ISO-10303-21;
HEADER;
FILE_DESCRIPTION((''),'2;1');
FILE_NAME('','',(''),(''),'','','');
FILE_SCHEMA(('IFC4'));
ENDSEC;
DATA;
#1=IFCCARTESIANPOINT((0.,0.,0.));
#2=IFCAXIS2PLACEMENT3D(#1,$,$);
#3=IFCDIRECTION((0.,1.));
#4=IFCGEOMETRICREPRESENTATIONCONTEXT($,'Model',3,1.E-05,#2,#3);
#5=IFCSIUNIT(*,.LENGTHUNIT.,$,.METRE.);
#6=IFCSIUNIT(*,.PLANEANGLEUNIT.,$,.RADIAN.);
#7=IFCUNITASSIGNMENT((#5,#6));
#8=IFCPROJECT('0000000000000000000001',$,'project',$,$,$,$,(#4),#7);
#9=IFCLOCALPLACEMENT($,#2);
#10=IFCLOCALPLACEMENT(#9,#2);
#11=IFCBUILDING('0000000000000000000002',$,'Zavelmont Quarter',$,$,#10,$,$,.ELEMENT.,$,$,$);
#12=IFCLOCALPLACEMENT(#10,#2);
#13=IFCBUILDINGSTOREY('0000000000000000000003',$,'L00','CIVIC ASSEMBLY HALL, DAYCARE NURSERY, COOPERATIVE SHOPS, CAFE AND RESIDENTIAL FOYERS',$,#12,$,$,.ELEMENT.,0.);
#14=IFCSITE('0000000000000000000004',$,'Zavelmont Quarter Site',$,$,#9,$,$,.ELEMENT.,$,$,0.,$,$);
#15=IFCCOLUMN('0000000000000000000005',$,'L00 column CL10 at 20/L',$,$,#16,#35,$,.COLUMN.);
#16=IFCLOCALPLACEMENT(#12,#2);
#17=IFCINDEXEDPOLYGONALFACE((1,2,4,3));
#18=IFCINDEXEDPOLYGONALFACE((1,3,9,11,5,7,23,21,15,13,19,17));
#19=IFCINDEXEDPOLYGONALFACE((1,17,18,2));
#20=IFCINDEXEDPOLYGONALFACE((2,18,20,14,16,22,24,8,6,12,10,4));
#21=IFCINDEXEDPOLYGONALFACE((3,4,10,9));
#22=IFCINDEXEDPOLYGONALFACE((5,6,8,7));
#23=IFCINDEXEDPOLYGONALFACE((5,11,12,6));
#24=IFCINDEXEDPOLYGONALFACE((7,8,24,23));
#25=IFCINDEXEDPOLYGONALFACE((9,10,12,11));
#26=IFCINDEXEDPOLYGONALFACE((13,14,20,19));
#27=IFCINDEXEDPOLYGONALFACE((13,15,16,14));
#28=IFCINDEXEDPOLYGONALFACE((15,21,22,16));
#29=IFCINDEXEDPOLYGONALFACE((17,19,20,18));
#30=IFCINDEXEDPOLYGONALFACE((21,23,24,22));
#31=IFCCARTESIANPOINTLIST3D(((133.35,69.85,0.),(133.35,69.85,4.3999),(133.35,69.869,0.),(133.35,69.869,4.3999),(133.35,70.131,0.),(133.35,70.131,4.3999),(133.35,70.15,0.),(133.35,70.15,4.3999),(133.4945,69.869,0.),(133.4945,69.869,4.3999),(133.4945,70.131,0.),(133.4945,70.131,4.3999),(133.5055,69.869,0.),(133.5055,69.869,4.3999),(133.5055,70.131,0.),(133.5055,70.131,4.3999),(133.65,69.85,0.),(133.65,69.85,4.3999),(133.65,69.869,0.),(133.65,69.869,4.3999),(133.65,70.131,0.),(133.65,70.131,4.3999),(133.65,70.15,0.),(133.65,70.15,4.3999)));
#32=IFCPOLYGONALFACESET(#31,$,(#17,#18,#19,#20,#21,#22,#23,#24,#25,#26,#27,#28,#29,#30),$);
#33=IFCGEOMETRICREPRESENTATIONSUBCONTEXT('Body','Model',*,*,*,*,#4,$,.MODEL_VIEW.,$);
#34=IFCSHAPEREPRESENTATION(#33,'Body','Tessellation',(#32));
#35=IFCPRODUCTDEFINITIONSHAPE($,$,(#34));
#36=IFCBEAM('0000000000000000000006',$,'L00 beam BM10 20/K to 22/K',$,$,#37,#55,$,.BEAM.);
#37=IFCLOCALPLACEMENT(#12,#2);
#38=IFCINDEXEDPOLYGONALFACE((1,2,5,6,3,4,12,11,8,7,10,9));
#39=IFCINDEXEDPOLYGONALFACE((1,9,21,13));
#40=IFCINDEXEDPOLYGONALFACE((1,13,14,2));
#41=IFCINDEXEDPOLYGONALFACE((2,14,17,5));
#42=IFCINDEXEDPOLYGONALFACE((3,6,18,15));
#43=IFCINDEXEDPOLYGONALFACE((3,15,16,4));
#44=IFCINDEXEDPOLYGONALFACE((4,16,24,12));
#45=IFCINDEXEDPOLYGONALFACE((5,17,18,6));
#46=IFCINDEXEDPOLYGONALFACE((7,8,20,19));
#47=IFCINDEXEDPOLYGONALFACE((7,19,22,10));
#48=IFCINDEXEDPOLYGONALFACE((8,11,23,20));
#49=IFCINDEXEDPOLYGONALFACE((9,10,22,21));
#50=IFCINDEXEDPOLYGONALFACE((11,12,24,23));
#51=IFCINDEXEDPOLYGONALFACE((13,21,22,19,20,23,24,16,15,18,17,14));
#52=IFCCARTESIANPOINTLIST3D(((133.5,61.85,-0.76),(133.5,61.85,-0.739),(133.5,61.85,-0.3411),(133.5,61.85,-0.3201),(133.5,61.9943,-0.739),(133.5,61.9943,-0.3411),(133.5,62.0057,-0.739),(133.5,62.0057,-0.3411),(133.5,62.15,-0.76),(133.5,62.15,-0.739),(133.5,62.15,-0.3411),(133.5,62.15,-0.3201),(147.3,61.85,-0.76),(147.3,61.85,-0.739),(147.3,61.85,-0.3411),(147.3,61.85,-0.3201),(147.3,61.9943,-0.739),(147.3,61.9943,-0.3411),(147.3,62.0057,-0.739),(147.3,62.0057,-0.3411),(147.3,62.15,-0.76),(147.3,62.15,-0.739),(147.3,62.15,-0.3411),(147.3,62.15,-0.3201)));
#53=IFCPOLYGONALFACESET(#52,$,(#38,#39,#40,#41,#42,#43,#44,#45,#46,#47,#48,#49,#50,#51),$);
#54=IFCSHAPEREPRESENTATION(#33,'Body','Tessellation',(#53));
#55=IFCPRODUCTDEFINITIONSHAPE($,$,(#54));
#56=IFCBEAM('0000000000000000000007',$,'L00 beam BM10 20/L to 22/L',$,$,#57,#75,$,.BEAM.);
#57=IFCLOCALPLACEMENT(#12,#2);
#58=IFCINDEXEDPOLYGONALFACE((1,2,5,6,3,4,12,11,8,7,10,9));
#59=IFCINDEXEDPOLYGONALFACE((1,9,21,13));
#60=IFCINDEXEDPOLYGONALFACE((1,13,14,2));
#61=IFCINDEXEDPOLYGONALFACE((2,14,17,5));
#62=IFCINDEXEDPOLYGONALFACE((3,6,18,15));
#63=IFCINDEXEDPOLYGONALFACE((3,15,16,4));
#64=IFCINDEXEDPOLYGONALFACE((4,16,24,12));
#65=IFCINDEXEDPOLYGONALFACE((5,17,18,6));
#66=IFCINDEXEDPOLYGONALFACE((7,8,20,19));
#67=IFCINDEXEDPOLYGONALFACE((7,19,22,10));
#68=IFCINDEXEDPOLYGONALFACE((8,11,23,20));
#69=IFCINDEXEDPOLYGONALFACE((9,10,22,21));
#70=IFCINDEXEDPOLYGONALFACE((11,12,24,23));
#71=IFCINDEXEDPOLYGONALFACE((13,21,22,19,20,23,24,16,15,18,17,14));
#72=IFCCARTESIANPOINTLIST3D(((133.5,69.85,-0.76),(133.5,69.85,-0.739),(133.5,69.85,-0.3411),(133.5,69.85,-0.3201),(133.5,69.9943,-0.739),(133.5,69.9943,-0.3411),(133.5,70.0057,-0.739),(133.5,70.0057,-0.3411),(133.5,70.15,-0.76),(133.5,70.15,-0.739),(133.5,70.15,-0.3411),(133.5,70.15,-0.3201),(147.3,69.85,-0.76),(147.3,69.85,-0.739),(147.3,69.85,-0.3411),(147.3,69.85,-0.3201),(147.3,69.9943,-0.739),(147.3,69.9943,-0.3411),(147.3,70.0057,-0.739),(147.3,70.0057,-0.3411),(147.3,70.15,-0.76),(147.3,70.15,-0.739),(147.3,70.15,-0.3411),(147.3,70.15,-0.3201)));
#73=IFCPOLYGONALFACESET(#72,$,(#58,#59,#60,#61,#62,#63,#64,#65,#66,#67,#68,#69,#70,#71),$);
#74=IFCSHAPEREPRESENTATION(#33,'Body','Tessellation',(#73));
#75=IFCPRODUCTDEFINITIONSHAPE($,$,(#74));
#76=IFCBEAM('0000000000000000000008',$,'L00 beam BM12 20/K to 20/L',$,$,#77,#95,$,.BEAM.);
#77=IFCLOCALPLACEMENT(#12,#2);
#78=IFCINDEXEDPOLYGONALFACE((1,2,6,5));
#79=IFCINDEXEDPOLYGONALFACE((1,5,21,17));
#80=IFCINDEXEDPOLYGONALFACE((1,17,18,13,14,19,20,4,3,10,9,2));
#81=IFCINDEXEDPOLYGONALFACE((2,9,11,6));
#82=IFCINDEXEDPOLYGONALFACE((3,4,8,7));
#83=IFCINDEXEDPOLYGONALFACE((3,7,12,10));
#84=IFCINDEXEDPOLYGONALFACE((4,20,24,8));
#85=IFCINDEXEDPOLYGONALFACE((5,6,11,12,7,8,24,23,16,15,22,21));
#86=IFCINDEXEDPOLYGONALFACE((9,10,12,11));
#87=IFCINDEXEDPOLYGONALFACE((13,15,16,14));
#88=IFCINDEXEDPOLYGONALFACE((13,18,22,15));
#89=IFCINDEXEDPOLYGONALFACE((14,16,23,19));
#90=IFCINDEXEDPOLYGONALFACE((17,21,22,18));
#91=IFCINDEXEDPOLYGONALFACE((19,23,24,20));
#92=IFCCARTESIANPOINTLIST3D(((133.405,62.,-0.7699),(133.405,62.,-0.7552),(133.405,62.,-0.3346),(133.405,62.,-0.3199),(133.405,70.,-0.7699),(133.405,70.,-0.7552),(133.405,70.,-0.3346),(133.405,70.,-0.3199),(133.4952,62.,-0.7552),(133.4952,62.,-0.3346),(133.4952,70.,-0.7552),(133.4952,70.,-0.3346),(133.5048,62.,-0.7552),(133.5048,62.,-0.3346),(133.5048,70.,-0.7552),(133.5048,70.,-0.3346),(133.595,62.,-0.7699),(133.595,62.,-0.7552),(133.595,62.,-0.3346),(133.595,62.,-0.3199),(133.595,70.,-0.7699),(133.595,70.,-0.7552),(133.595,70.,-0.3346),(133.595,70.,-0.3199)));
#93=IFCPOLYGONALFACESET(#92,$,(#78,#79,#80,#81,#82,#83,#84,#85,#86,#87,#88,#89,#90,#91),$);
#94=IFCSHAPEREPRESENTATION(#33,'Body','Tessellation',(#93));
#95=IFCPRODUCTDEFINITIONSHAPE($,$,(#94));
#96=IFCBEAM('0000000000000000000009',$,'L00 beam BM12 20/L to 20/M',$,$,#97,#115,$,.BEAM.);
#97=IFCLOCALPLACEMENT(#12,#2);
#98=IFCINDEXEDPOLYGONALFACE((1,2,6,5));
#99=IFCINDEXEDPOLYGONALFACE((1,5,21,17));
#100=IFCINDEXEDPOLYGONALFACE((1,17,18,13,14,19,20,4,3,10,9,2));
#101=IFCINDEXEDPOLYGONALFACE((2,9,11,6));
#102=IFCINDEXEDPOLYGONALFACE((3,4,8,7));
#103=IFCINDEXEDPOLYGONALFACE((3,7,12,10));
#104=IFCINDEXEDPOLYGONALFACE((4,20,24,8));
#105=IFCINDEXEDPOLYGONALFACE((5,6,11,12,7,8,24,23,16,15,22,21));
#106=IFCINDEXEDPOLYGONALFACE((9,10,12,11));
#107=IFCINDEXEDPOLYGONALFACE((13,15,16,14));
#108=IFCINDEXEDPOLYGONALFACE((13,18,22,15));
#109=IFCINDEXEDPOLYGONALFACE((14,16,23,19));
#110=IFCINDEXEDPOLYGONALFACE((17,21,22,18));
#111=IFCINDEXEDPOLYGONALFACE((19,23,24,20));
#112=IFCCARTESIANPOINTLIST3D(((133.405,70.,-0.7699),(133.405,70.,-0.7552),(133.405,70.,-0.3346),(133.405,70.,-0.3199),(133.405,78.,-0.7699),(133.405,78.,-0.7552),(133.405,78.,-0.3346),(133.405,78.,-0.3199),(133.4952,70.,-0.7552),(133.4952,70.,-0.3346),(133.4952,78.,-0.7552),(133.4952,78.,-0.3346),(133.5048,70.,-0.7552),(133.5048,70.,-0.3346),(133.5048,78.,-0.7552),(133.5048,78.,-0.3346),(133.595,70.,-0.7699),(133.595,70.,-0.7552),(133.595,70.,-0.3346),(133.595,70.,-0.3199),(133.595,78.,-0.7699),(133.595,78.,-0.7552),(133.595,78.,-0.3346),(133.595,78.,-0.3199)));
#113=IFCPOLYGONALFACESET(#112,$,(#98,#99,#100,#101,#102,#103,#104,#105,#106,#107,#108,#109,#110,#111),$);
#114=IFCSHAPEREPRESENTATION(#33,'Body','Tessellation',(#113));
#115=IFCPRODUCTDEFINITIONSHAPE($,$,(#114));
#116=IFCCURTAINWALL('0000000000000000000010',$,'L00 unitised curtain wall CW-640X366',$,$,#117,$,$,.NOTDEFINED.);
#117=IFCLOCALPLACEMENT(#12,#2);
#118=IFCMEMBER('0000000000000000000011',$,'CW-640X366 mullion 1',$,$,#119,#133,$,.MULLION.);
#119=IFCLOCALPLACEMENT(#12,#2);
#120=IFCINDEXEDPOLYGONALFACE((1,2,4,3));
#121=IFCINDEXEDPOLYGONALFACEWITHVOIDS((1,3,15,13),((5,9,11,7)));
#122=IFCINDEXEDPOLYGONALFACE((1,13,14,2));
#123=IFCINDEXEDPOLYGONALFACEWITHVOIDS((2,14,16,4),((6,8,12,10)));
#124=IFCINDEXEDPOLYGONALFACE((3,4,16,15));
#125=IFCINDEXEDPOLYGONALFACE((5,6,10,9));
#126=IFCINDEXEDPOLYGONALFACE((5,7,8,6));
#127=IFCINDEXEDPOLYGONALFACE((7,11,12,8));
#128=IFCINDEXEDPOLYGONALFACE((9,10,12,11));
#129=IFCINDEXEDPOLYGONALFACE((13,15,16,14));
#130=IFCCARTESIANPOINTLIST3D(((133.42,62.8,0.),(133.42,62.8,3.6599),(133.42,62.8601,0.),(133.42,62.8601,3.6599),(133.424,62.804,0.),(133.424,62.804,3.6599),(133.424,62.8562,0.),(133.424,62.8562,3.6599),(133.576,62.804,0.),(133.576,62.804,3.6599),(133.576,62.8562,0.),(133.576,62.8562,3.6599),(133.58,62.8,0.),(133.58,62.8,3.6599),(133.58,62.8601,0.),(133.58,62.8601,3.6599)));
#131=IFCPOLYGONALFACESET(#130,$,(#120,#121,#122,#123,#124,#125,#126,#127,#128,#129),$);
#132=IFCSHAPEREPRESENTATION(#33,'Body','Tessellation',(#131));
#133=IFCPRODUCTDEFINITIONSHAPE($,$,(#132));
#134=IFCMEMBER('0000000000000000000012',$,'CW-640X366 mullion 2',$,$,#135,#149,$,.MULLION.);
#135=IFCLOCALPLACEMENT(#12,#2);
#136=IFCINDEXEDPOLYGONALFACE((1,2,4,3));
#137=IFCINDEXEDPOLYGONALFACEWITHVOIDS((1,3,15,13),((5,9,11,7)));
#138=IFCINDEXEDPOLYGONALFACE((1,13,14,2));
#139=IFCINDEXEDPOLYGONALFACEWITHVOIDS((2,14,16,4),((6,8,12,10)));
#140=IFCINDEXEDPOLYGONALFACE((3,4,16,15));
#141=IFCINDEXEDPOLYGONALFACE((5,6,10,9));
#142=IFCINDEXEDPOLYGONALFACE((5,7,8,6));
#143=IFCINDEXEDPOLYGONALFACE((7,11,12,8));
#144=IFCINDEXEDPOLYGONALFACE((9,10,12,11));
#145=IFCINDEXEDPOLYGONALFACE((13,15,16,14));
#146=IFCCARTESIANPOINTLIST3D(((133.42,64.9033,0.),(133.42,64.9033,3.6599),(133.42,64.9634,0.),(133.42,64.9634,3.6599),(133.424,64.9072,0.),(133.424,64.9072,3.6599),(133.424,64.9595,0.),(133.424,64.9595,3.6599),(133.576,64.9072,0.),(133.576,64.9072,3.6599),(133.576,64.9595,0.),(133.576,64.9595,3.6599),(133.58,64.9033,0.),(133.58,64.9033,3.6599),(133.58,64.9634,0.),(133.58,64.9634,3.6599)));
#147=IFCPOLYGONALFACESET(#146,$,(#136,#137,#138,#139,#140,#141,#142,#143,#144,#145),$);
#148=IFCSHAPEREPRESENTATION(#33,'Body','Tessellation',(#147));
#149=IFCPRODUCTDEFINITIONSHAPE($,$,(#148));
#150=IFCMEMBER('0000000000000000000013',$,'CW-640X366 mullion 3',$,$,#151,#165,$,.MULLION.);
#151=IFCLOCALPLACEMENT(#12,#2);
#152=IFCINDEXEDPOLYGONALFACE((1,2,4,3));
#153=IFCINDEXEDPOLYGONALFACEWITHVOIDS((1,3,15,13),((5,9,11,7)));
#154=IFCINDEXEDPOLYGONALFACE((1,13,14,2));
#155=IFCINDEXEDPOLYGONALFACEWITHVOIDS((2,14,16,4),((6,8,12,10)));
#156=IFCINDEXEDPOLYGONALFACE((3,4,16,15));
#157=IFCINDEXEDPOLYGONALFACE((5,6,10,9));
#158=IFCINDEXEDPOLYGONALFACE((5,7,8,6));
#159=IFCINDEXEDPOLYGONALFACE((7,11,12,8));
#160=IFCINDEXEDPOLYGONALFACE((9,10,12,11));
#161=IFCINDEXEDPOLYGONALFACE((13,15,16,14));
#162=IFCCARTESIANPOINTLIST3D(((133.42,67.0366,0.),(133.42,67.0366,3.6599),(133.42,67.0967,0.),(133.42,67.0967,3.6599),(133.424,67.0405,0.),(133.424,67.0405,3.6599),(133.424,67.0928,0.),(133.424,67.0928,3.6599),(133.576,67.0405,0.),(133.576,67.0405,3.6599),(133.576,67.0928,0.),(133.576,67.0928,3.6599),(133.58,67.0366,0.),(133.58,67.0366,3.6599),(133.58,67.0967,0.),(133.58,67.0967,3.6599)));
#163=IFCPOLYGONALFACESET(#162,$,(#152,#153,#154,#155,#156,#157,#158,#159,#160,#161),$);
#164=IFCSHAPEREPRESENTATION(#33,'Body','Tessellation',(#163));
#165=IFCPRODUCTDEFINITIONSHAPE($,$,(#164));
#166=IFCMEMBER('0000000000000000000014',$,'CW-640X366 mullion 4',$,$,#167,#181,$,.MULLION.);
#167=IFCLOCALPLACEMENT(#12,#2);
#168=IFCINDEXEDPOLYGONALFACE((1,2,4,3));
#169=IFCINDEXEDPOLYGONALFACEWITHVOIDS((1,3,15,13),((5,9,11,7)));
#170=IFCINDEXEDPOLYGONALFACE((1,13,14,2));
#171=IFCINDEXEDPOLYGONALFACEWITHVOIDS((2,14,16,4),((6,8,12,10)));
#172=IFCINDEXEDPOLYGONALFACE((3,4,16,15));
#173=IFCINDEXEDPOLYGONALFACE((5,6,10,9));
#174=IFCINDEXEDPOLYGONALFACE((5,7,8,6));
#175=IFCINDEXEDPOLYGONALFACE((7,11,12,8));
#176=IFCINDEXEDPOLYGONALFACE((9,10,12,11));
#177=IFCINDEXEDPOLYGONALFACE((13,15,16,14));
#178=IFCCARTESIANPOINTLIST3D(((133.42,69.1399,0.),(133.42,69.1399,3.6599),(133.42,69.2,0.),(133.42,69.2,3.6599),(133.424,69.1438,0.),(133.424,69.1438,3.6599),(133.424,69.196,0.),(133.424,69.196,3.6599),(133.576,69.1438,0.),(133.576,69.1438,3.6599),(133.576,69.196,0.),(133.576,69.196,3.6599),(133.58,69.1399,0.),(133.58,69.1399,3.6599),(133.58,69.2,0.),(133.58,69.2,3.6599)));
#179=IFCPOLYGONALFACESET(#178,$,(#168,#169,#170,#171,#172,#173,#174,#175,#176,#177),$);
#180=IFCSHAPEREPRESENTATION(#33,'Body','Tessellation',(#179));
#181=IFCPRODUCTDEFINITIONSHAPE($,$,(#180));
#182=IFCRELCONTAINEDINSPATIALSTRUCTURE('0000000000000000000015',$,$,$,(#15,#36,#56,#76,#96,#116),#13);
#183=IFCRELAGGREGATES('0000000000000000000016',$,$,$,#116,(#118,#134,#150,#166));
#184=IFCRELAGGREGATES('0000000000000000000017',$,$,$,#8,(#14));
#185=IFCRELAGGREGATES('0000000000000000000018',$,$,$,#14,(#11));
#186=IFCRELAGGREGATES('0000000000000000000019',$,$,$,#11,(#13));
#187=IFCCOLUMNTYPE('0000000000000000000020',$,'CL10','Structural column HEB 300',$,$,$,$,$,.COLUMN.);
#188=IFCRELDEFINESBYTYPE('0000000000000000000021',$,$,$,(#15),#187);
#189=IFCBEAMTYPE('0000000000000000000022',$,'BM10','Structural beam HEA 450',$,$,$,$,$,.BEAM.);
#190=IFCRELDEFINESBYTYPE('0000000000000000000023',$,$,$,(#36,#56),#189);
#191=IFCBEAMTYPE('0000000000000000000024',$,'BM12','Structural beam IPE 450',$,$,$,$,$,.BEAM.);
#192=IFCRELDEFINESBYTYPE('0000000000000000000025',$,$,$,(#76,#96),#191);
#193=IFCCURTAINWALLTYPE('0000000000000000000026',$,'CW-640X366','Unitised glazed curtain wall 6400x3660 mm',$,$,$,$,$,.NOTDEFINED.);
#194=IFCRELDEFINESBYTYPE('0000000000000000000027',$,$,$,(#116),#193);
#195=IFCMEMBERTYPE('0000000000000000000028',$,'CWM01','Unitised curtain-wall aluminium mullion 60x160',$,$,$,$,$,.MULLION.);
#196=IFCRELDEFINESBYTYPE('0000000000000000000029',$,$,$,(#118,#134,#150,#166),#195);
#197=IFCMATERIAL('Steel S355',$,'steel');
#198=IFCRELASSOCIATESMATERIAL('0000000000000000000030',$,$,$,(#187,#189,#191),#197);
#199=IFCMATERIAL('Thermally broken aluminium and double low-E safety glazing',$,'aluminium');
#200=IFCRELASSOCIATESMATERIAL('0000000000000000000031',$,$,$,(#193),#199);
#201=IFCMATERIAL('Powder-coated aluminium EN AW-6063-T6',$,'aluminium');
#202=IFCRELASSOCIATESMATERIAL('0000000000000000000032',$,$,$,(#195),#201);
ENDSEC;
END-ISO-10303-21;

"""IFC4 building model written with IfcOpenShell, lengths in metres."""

from ifc_helpers import new_model, si_unit, direction, frame, origin, origin_2d, place, context, subcontext, project, spatial, hollow_rectangle, i_section, extrude, material, material_profile, profile_set, type_object, element, aggregate, save


model = new_model("IFC4")

# Units and contexts
model_context = context("Model", 3, precision=1e-05, world=origin(), true_north=direction((0.0, 1.0)))
body_context = subcontext(model_context, "Body", "Model", "MODEL_VIEW")
ifc_project = project(units=[si_unit("LENGTHUNIT", "METRE"), si_unit("PLANEANGLEUNIT", "RADIAN")], contexts=[model_context])

# Site, building, storey
site_placement = place(None, origin())
site = spatial("IfcSite", under=ifc_project, at=site_placement, Name="Zavelmont Quarter Site", CompositionType="ELEMENT", RefElevation=0.0)
building_placement = place(site_placement, origin())
building = spatial("IfcBuilding", under=site, at=building_placement, Name="Zavelmont Quarter", CompositionType="ELEMENT")
storey_placement = place(building_placement, origin())
storey = spatial("IfcBuildingStorey", under=building, at=storey_placement, Name="L00", Description="CIVIC ASSEMBLY HALL, DAYCARE NURSERY, COOPERATIVE SHOPS, CAFE AND RESIDENTIAL FOYERS", CompositionType="ELEMENT", Elevation=0.0)

# Column
ifc_material_1 = material(Name="Steel S355", Category="steel")
ifc_material_profile_1 = material_profile(ifc_material_1, i_section(OverallWidth=0.3, OverallDepth=0.3, WebThickness=0.011, FlangeThickness=0.019, at=origin_2d()), Name="HEB 300")
ifc_profile_set_1 = profile_set([ifc_material_profile_1], Name="Steel S355")
column_type = type_object("IfcColumnType", Name="CL10", Description="Structural column HEB 300", PredefinedType="COLUMN", material=ifc_profile_set_1)
column_placement = place(storey_placement, frame((133.5, 70.0, 0.0), z_axis=(0.0, 0.0, 1.0), x_axis=(1.0, 0.0, 0.0)))
element("IfcColumn", 1, at=column_placement, inside=storey, type_object=column_type, Name="L00 column CL10 at 20/L", PredefinedType="COLUMN", context=body_context, shape_type="SweptSolid", body=[
    extrude(i_section(OverallWidth=0.3, OverallDepth=0.3, WebThickness=0.011, FlangeThickness=0.019, at=origin_2d()), origin(), (0.0, 0.0, 1.0), 4.3999),
])

# Beams
ifc_material_profile_2 = material_profile(ifc_material_1, i_section(OverallWidth=0.3, OverallDepth=0.4399, WebThickness=0.0115, FlangeThickness=0.021, at=origin_2d()), Name="HEA 450")
ifc_profile_set_2 = profile_set([ifc_material_profile_2], Name="Steel S355")
beam_type_1 = type_object("IfcBeamType", Name="BM10", Description="Structural beam HEA 450", PredefinedType="BEAM", material=ifc_profile_set_2)
for number, where, z_axis, x_axis, name in (
    (2, (133.5, 62.0, -0.54), (1.0, 0.0, 0.0), (0.0, 1.0, 0.0), "L00 beam BM10 20/K to 22/K"),
    (3, (133.5, 70.0, -0.54), (1.0, 0.0, 0.0), (0.0, 1.0, 0.0), "L00 beam BM10 20/L to 22/L"),
):
    element("IfcBeam", number, at=place(storey_placement, frame(where, z_axis=z_axis, x_axis=x_axis)), inside=storey, type_object=beam_type_1, Name=name, PredefinedType="BEAM", context=body_context, shape_type="SweptSolid", body=[
        extrude(i_section(OverallWidth=0.3, OverallDepth=0.4399, WebThickness=0.0115, FlangeThickness=0.021, at=origin_2d()), origin(), (0.0, 0.0, 1.0), 13.8),
    ])
ifc_material_profile_3 = material_profile(ifc_material_1, i_section(OverallWidth=0.1899, OverallDepth=0.45, WebThickness=0.0095, FlangeThickness=0.0146, at=origin_2d()), Name="IPE 450")
ifc_profile_set_3 = profile_set([ifc_material_profile_3], Name="Steel S355")
beam_type_2 = type_object("IfcBeamType", Name="BM12", Description="Structural beam IPE 450", PredefinedType="BEAM", material=ifc_profile_set_3)
for number, where, z_axis, x_axis, name in (
    (4, (133.5, 62.0, -0.5449), (0.0, 1.0, 0.0), (-1.0, 0.0, 0.0), "L00 beam BM12 20/K to 20/L"),
    (5, (133.5, 70.0, -0.5449), (0.0, 1.0, 0.0), (-1.0, 0.0, 0.0), "L00 beam BM12 20/L to 20/M"),
):
    element("IfcBeam", number, at=place(storey_placement, frame(where, z_axis=z_axis, x_axis=x_axis)), inside=storey, type_object=beam_type_2, Name=name, PredefinedType="BEAM", context=body_context, shape_type="SweptSolid", body=[
        extrude(i_section(OverallWidth=0.1899, OverallDepth=0.45, WebThickness=0.0095, FlangeThickness=0.0146, at=origin_2d()), origin(), (0.0, 0.0, 1.0), 8.0),
    ])

# Curtain wall, members
ifc_material_2 = material(Name="Thermally broken aluminium and double low-E safety glazing", Category="aluminium")
curtain_wall_type = type_object("IfcCurtainWallType", Name="CW-640X366", Description="Unitised glazed curtain wall 6400x3660 mm", PredefinedType="NOTDEFINED", material=ifc_material_2)
curtain_wall_placement = place(storey_placement, origin())
curtain_wall = element("IfcCurtainWall", 6, at=curtain_wall_placement, inside=storey, type_object=curtain_wall_type, Name="L00 unitised curtain wall CW-640X366", PredefinedType="NOTDEFINED")
ifc_material_3 = material(Name="Powder-coated aluminium EN AW-6063-T6", Category="aluminium")
ifc_material_profile_4 = material_profile(ifc_material_3, hollow_rectangle(XDim=0.0601, YDim=0.1599, WallThickness=0.0039, at=origin_2d()), Name="CWM60X160")
ifc_profile_set_4 = profile_set([ifc_material_profile_4], Name="Powder-coated aluminium EN AW-6063-T6")
member_type_1 = type_object("IfcMemberType", Name="CWM01", Description="Unitised curtain-wall aluminium mullion 60x160", PredefinedType="MULLION", material=ifc_profile_set_4)
member_1_placement = place(storey_placement, frame((133.5, 62.8301, 0.0), z_axis=(0.0, 0.0, 1.0), x_axis=(0.0, 1.0, 0.0)))
member_1 = element("IfcMember", 7, at=member_1_placement, type_object=member_type_1, Name="CW-640X366 mullion 1", PredefinedType="MULLION", context=body_context, shape_type="SweptSolid", body=[
    extrude(hollow_rectangle(XDim=0.0601, YDim=0.1599, WallThickness=0.0039, at=origin_2d()), origin(), (0.0, 0.0, 1.0), 3.6599),
])
member_2_placement = place(storey_placement, frame((133.5, 64.9333, 0.0), z_axis=(0.0, 0.0, 1.0), x_axis=(0.0, 1.0, 0.0)))
member_2 = element("IfcMember", 8, at=member_2_placement, type_object=member_type_1, Name="CW-640X366 mullion 2", PredefinedType="MULLION", context=body_context, shape_type="SweptSolid", body=[
    extrude(hollow_rectangle(XDim=0.0601, YDim=0.1599, WallThickness=0.0039, at=origin_2d()), origin(), (0.0, 0.0, 1.0), 3.6599),
])
member_3_placement = place(storey_placement, frame((133.5, 67.0667, 0.0), z_axis=(0.0, 0.0, 1.0), x_axis=(0.0, 1.0, 0.0)))
member_3 = element("IfcMember", 9, at=member_3_placement, type_object=member_type_1, Name="CW-640X366 mullion 3", PredefinedType="MULLION", context=body_context, shape_type="SweptSolid", body=[
    extrude(hollow_rectangle(XDim=0.0601, YDim=0.1599, WallThickness=0.0039, at=origin_2d()), origin(), (0.0, 0.0, 1.0), 3.6599),
])
member_4_placement = place(storey_placement, frame((133.5, 69.1699, 0.0), z_axis=(0.0, 0.0, 1.0), x_axis=(0.0, 1.0, 0.0)))
member_4 = element("IfcMember", 10, at=member_4_placement, type_object=member_type_1, Name="CW-640X366 mullion 4", PredefinedType="MULLION", context=body_context, shape_type="SweptSolid", body=[
    extrude(hollow_rectangle(XDim=0.0601, YDim=0.1599, WallThickness=0.0039, at=origin_2d()), origin(), (0.0, 0.0, 1.0), 3.6599),
])
aggregate(curtain_wall, [member_1, member_2, member_3, member_4])

save(model, "model.ifc")
